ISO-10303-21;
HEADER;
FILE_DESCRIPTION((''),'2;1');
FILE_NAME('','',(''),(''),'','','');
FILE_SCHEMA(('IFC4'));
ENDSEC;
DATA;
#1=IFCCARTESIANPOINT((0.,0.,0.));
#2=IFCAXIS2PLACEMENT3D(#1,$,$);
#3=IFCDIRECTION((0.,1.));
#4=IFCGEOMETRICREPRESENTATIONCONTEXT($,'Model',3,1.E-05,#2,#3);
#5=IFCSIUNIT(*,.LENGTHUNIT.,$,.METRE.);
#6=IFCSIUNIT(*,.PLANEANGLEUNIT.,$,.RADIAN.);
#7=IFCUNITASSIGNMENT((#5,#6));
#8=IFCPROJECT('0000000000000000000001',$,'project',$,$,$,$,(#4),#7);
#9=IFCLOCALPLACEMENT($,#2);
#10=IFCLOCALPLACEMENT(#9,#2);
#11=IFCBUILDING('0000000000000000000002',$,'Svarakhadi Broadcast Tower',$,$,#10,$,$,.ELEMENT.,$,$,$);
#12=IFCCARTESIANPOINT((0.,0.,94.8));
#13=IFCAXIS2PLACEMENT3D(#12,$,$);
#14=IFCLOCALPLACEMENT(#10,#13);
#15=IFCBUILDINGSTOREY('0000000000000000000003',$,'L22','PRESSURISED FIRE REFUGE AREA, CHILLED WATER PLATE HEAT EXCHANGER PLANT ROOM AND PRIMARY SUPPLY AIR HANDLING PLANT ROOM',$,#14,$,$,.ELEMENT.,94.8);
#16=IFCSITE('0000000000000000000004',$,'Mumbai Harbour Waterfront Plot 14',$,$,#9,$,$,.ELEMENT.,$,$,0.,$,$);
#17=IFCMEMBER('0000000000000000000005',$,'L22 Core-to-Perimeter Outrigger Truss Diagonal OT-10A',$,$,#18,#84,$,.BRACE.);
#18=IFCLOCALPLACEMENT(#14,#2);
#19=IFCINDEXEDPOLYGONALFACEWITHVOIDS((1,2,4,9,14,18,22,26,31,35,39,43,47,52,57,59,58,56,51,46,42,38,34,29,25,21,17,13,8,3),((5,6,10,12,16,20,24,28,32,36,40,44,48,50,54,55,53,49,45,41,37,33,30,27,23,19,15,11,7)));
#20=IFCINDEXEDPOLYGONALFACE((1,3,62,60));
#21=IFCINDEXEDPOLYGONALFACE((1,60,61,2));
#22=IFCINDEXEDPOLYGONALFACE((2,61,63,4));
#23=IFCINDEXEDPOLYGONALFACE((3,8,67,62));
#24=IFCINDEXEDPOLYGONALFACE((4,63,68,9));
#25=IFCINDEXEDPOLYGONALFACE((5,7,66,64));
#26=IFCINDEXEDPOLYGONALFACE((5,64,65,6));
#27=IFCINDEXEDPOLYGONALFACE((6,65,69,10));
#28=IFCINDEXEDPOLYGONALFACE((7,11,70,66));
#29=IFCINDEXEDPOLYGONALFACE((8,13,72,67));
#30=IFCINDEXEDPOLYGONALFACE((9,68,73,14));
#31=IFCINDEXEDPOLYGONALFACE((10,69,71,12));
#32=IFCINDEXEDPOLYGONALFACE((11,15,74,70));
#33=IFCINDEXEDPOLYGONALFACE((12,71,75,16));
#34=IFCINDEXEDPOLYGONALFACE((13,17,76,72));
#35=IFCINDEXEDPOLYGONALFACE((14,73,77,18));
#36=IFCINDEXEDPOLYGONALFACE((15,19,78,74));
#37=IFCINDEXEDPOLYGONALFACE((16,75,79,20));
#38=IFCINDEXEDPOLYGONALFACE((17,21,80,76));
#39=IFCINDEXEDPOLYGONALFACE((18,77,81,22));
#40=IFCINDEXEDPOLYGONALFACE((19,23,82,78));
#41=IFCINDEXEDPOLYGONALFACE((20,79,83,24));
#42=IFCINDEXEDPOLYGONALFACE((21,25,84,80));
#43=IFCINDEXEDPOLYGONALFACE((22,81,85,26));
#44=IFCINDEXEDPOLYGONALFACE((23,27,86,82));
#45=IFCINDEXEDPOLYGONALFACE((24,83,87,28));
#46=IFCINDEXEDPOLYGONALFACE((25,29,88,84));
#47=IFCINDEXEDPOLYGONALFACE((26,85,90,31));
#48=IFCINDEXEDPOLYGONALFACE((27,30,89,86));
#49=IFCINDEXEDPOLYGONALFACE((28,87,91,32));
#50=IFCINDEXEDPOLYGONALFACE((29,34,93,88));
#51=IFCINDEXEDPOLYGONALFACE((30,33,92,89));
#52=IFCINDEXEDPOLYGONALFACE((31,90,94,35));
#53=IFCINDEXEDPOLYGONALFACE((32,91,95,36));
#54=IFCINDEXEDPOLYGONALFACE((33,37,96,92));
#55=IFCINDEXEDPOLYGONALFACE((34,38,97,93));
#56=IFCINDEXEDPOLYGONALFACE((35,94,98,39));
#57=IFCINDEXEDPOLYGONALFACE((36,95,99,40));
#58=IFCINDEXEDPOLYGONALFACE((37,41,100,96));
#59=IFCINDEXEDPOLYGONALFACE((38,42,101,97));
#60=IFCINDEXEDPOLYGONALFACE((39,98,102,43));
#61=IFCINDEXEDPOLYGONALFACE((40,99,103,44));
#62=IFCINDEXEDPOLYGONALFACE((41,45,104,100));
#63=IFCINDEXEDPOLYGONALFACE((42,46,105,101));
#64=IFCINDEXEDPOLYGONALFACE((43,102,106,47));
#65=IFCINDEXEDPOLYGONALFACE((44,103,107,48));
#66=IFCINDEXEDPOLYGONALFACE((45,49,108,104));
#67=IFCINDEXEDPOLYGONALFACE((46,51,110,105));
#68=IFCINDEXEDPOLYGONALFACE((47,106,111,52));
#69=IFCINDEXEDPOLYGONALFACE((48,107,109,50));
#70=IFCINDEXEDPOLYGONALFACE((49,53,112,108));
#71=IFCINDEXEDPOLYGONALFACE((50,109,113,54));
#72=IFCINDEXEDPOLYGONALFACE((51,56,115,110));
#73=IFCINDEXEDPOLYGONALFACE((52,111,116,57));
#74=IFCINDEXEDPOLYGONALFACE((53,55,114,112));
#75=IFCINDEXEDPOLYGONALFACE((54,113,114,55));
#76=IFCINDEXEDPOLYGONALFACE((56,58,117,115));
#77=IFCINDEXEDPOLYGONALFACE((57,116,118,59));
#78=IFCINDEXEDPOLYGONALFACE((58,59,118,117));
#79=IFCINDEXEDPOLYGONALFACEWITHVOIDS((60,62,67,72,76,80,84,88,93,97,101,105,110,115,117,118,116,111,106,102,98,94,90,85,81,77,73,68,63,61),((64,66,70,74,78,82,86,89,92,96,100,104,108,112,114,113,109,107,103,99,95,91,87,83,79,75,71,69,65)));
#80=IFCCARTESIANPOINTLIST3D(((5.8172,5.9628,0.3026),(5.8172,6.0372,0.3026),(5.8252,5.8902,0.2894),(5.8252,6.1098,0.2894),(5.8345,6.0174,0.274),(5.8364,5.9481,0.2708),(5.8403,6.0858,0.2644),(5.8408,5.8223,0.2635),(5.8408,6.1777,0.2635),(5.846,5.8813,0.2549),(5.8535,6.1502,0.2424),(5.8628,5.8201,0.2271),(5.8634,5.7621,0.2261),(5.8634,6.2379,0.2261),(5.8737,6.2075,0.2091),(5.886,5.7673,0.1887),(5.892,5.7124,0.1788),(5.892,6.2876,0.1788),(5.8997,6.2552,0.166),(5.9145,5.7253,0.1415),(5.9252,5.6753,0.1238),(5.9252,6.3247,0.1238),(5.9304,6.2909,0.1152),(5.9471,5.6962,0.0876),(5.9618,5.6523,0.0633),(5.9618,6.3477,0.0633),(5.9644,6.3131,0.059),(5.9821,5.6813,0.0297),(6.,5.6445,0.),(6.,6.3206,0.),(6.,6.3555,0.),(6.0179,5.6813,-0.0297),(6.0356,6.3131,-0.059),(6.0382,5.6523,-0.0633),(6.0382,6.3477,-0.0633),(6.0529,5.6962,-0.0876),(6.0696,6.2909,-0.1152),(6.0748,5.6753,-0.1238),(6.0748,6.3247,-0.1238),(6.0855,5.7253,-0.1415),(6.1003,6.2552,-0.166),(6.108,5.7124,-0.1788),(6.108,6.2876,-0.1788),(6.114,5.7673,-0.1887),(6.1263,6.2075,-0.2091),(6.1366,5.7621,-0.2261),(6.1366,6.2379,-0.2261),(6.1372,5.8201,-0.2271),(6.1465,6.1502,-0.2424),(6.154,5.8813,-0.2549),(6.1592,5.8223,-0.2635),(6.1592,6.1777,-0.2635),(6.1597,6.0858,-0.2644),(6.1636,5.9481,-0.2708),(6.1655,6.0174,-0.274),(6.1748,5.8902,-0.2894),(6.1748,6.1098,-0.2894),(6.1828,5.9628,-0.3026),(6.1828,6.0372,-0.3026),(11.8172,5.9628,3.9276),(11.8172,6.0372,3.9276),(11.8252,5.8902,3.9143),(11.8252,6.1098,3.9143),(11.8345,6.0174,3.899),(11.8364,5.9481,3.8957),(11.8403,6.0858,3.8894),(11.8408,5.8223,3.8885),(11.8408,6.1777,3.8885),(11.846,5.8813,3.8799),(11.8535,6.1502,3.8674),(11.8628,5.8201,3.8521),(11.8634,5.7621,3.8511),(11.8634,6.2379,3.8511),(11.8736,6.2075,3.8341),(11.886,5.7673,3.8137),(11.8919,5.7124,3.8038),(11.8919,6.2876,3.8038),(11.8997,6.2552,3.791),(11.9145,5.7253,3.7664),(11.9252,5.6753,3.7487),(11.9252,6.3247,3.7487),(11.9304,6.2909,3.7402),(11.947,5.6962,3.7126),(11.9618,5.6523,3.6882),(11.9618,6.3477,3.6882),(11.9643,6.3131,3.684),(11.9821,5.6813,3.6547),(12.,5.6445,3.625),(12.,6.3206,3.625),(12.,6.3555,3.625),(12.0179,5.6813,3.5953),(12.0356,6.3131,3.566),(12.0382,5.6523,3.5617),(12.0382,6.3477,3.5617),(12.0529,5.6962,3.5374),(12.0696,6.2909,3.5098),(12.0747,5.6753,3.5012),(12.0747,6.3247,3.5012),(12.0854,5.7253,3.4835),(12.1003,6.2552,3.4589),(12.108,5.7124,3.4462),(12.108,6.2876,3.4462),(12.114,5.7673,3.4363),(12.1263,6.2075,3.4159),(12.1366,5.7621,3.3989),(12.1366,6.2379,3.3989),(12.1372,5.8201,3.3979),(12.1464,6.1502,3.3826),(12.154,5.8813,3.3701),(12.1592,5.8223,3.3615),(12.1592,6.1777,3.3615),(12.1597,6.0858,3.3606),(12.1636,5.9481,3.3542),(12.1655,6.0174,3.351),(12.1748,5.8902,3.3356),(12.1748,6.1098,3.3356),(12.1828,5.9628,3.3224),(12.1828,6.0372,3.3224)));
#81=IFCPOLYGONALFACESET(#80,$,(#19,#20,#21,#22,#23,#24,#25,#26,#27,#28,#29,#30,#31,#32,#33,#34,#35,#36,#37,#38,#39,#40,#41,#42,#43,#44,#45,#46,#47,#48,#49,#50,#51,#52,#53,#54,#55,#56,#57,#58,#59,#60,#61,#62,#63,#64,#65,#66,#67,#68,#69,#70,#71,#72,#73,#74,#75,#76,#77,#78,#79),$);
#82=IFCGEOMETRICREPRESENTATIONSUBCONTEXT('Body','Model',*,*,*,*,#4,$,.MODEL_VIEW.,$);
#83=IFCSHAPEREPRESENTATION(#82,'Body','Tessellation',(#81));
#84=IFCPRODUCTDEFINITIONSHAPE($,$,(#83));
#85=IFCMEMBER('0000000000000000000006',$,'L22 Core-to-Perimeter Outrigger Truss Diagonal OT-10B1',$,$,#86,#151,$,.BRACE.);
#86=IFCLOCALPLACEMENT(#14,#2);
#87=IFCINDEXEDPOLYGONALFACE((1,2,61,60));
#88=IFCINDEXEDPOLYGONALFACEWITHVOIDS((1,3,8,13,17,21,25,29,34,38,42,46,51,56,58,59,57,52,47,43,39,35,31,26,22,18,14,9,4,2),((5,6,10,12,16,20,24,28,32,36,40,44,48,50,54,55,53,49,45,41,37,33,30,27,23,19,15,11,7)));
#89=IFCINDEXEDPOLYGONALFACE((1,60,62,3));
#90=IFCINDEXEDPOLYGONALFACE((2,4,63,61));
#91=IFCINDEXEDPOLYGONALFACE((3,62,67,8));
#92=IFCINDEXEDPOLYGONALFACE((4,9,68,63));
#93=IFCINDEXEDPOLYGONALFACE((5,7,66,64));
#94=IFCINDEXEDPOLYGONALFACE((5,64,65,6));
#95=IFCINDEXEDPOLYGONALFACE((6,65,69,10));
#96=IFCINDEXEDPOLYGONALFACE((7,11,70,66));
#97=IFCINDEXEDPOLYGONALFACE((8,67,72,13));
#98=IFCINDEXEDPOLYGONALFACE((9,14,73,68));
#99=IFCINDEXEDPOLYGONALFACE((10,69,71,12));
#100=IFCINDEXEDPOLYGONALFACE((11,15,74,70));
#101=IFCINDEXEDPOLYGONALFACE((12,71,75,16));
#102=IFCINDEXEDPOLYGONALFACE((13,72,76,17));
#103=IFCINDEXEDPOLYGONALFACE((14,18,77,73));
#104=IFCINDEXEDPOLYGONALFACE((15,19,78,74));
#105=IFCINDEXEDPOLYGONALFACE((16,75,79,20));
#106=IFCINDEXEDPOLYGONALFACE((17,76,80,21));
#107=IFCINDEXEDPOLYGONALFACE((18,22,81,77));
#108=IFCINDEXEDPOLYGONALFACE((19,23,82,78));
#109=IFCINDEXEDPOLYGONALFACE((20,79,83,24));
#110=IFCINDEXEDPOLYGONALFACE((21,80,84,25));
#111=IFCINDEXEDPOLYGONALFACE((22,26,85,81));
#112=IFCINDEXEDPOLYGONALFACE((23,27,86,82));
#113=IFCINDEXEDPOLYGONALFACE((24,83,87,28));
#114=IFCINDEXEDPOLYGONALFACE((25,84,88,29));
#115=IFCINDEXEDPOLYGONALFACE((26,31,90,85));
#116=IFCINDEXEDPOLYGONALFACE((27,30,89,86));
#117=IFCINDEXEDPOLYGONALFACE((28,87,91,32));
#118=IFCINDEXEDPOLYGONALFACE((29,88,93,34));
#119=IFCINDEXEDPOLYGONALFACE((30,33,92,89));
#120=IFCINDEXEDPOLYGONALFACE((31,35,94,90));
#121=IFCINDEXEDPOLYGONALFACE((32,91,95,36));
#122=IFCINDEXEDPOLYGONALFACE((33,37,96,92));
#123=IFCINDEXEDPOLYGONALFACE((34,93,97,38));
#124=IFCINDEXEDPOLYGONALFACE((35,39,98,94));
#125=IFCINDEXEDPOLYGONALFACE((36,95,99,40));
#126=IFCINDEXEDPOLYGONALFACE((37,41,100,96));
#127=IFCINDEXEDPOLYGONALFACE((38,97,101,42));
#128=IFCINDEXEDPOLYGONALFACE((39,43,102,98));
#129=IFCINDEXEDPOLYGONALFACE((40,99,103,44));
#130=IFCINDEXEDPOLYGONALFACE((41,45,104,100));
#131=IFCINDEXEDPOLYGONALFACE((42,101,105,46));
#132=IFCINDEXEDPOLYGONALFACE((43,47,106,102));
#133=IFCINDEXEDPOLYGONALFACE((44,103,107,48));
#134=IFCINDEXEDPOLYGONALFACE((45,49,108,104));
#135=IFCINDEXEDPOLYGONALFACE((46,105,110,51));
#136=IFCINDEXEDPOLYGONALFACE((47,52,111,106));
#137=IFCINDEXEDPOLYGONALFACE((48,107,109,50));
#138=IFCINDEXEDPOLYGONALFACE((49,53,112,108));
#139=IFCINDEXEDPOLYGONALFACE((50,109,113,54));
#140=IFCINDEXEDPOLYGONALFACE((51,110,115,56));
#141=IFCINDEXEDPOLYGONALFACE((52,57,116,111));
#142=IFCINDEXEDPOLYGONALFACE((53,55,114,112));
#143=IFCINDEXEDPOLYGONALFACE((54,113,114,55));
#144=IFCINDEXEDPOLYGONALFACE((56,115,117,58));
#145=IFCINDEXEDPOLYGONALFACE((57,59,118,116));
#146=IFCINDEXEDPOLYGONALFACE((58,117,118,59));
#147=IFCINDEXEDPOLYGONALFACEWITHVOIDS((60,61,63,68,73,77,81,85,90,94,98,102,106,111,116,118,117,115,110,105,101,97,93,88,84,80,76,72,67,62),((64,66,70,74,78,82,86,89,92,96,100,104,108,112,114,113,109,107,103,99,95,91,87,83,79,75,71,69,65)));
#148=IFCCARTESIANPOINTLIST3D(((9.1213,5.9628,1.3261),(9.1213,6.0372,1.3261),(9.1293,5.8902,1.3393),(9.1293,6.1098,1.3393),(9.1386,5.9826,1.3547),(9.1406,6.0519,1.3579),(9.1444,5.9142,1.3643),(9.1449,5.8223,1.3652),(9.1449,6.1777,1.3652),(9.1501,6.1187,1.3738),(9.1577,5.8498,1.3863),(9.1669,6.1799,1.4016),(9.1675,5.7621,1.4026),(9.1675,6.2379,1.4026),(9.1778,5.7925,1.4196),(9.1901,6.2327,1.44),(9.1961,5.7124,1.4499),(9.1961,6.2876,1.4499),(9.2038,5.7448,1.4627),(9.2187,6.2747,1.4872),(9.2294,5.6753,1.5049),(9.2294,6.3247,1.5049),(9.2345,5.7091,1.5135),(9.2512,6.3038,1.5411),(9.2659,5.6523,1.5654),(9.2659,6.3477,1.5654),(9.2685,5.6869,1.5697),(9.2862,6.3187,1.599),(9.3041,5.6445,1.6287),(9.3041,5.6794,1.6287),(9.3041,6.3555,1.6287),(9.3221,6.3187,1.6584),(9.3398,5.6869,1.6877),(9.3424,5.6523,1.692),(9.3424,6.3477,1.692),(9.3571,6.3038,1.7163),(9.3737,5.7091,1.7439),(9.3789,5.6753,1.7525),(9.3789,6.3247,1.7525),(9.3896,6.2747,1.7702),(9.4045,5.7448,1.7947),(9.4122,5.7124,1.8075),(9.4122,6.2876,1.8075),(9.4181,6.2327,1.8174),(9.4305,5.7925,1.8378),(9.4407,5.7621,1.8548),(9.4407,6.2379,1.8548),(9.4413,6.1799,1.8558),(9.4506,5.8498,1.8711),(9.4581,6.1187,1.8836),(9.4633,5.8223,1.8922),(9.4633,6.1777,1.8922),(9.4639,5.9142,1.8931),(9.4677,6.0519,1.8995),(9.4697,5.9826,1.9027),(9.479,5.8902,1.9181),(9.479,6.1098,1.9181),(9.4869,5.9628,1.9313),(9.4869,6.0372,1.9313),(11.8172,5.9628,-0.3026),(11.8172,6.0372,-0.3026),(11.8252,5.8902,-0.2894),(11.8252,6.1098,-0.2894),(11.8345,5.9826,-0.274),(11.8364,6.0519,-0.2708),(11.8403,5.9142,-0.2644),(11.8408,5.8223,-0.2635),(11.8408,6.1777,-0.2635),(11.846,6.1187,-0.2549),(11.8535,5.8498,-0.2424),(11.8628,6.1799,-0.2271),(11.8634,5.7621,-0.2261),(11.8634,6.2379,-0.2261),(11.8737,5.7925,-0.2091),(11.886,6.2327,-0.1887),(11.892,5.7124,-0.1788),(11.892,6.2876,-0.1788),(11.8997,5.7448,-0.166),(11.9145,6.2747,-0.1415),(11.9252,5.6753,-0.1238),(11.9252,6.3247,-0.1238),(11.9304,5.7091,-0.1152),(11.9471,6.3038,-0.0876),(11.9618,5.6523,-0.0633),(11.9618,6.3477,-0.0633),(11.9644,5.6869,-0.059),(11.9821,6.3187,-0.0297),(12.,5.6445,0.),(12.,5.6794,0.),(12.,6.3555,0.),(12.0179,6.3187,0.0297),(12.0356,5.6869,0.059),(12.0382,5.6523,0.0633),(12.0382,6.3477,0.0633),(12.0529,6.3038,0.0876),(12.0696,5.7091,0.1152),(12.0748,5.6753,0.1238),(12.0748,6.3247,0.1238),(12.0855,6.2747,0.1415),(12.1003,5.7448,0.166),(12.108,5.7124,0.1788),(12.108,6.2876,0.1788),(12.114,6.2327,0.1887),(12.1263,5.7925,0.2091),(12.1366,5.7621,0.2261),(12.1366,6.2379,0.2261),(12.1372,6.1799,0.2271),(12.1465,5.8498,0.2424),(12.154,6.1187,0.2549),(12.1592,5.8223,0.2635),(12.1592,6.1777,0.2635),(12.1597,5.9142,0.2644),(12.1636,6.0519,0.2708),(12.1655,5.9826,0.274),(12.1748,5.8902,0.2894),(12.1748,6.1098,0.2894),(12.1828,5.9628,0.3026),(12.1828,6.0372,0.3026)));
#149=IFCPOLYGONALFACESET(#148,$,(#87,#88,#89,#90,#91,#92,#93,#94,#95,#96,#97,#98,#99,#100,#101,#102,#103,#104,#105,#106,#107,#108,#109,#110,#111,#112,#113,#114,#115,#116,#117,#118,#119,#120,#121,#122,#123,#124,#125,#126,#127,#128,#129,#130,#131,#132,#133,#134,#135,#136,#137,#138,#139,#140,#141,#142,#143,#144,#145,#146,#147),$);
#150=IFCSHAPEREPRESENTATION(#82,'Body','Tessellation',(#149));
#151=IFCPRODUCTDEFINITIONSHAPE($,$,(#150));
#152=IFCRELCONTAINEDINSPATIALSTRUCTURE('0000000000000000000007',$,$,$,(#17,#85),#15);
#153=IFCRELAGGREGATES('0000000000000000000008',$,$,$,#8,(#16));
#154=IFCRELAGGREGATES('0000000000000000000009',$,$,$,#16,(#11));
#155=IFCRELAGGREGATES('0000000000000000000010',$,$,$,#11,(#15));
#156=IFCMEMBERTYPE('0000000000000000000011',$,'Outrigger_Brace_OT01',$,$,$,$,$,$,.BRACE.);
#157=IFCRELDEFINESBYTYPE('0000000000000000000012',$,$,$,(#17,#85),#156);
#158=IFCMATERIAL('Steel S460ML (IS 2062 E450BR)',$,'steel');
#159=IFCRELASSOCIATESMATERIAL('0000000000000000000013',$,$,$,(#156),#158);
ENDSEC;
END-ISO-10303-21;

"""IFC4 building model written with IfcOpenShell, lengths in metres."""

from ifc_helpers import new_model, si_unit, direction, frame, origin, origin_2d, place, context, subcontext, project, spatial, hollow_circle, extrude, material, material_profile, profile_set, type_object, element, save


model = new_model("IFC4")

# Units and contexts
model_context = context("Model", 3, precision=1e-05, world=origin(), true_north=direction((0.0, 1.0)))
body_context = subcontext(model_context, "Body", "Model", "MODEL_VIEW")
ifc_project = project(units=[si_unit("LENGTHUNIT", "METRE"), si_unit("PLANEANGLEUNIT", "RADIAN")], contexts=[model_context])

# Site, building, storey
site_placement = place(None, origin())
site = spatial("IfcSite", under=ifc_project, at=site_placement, Name="Mumbai Harbour Waterfront Plot 14", CompositionType="ELEMENT", RefElevation=0.0)
building_placement = place(site_placement, origin())
building = spatial("IfcBuilding", under=site, at=building_placement, Name="Svarakhadi Broadcast Tower", CompositionType="ELEMENT")
storey_placement = place(building_placement, frame((0.0, 0.0, 94.8)))
storey = spatial("IfcBuildingStorey", under=building, at=storey_placement, Name="L22", Description="PRESSURISED FIRE REFUGE AREA, CHILLED WATER PLATE HEAT EXCHANGER PLANT ROOM AND PRIMARY SUPPLY AIR HANDLING PLANT ROOM", CompositionType="ELEMENT", Elevation=94.8)

# Shared definitions
ifc_material_1 = material(Name="Steel S460ML (IS 2062 E450BR)", Category="steel")

# Members
ifc_material_profile_1 = material_profile(ifc_material_1, hollow_circle(Radius=0.3555, WallThickness=0.0349, at=origin_2d()), Name="CHS 711x35")
ifc_profile_set_1 = profile_set([ifc_material_profile_1], Name="Steel S460ML (IS 2062 E450BR)")
member_type_1 = type_object("IfcMemberType", Name="Outrigger_Brace_OT01", PredefinedType="BRACE", material=ifc_profile_set_1)
member_1_placement = place(storey_placement, frame((6.0, 6.0, 0.0), z_axis=(0.855916, 0.0, 0.517116), x_axis=(0.0, 1.0, 0.0)))
element("IfcMember", 1, at=member_1_placement, inside=storey, type_object=member_type_1, Name="L22 Core-to-Perimeter Outrigger Truss Diagonal OT-10A", PredefinedType="BRACE", context=body_context, shape_type="SweptSolid", body=[
    extrude(hollow_circle(Radius=0.3555, WallThickness=0.0349, at=origin_2d()), origin(), (0.0, 0.0, 1.0), 7.01),
])
for number, where, z_axis, x_axis, name in (
    (2, (12.0, 6.0, 0.0), (-0.855923, 0.0, 0.517104), (0.0, -1.0, 0.0), "L22 Core-to-Perimeter Outrigger Truss Diagonal OT-10B1"),
):
    element("IfcMember", number, at=place(storey_placement, frame(where, z_axis=z_axis, x_axis=x_axis)), inside=storey, type_object=member_type_1, Name=name, PredefinedType="BRACE", context=body_context, shape_type="SweptSolid", body=[
        extrude(hollow_circle(Radius=0.3555, WallThickness=0.0349, at=origin_2d()), origin(), (0.0, 0.0, 1.0), 3.1497),
    ])

save(model, "model.ifc")
